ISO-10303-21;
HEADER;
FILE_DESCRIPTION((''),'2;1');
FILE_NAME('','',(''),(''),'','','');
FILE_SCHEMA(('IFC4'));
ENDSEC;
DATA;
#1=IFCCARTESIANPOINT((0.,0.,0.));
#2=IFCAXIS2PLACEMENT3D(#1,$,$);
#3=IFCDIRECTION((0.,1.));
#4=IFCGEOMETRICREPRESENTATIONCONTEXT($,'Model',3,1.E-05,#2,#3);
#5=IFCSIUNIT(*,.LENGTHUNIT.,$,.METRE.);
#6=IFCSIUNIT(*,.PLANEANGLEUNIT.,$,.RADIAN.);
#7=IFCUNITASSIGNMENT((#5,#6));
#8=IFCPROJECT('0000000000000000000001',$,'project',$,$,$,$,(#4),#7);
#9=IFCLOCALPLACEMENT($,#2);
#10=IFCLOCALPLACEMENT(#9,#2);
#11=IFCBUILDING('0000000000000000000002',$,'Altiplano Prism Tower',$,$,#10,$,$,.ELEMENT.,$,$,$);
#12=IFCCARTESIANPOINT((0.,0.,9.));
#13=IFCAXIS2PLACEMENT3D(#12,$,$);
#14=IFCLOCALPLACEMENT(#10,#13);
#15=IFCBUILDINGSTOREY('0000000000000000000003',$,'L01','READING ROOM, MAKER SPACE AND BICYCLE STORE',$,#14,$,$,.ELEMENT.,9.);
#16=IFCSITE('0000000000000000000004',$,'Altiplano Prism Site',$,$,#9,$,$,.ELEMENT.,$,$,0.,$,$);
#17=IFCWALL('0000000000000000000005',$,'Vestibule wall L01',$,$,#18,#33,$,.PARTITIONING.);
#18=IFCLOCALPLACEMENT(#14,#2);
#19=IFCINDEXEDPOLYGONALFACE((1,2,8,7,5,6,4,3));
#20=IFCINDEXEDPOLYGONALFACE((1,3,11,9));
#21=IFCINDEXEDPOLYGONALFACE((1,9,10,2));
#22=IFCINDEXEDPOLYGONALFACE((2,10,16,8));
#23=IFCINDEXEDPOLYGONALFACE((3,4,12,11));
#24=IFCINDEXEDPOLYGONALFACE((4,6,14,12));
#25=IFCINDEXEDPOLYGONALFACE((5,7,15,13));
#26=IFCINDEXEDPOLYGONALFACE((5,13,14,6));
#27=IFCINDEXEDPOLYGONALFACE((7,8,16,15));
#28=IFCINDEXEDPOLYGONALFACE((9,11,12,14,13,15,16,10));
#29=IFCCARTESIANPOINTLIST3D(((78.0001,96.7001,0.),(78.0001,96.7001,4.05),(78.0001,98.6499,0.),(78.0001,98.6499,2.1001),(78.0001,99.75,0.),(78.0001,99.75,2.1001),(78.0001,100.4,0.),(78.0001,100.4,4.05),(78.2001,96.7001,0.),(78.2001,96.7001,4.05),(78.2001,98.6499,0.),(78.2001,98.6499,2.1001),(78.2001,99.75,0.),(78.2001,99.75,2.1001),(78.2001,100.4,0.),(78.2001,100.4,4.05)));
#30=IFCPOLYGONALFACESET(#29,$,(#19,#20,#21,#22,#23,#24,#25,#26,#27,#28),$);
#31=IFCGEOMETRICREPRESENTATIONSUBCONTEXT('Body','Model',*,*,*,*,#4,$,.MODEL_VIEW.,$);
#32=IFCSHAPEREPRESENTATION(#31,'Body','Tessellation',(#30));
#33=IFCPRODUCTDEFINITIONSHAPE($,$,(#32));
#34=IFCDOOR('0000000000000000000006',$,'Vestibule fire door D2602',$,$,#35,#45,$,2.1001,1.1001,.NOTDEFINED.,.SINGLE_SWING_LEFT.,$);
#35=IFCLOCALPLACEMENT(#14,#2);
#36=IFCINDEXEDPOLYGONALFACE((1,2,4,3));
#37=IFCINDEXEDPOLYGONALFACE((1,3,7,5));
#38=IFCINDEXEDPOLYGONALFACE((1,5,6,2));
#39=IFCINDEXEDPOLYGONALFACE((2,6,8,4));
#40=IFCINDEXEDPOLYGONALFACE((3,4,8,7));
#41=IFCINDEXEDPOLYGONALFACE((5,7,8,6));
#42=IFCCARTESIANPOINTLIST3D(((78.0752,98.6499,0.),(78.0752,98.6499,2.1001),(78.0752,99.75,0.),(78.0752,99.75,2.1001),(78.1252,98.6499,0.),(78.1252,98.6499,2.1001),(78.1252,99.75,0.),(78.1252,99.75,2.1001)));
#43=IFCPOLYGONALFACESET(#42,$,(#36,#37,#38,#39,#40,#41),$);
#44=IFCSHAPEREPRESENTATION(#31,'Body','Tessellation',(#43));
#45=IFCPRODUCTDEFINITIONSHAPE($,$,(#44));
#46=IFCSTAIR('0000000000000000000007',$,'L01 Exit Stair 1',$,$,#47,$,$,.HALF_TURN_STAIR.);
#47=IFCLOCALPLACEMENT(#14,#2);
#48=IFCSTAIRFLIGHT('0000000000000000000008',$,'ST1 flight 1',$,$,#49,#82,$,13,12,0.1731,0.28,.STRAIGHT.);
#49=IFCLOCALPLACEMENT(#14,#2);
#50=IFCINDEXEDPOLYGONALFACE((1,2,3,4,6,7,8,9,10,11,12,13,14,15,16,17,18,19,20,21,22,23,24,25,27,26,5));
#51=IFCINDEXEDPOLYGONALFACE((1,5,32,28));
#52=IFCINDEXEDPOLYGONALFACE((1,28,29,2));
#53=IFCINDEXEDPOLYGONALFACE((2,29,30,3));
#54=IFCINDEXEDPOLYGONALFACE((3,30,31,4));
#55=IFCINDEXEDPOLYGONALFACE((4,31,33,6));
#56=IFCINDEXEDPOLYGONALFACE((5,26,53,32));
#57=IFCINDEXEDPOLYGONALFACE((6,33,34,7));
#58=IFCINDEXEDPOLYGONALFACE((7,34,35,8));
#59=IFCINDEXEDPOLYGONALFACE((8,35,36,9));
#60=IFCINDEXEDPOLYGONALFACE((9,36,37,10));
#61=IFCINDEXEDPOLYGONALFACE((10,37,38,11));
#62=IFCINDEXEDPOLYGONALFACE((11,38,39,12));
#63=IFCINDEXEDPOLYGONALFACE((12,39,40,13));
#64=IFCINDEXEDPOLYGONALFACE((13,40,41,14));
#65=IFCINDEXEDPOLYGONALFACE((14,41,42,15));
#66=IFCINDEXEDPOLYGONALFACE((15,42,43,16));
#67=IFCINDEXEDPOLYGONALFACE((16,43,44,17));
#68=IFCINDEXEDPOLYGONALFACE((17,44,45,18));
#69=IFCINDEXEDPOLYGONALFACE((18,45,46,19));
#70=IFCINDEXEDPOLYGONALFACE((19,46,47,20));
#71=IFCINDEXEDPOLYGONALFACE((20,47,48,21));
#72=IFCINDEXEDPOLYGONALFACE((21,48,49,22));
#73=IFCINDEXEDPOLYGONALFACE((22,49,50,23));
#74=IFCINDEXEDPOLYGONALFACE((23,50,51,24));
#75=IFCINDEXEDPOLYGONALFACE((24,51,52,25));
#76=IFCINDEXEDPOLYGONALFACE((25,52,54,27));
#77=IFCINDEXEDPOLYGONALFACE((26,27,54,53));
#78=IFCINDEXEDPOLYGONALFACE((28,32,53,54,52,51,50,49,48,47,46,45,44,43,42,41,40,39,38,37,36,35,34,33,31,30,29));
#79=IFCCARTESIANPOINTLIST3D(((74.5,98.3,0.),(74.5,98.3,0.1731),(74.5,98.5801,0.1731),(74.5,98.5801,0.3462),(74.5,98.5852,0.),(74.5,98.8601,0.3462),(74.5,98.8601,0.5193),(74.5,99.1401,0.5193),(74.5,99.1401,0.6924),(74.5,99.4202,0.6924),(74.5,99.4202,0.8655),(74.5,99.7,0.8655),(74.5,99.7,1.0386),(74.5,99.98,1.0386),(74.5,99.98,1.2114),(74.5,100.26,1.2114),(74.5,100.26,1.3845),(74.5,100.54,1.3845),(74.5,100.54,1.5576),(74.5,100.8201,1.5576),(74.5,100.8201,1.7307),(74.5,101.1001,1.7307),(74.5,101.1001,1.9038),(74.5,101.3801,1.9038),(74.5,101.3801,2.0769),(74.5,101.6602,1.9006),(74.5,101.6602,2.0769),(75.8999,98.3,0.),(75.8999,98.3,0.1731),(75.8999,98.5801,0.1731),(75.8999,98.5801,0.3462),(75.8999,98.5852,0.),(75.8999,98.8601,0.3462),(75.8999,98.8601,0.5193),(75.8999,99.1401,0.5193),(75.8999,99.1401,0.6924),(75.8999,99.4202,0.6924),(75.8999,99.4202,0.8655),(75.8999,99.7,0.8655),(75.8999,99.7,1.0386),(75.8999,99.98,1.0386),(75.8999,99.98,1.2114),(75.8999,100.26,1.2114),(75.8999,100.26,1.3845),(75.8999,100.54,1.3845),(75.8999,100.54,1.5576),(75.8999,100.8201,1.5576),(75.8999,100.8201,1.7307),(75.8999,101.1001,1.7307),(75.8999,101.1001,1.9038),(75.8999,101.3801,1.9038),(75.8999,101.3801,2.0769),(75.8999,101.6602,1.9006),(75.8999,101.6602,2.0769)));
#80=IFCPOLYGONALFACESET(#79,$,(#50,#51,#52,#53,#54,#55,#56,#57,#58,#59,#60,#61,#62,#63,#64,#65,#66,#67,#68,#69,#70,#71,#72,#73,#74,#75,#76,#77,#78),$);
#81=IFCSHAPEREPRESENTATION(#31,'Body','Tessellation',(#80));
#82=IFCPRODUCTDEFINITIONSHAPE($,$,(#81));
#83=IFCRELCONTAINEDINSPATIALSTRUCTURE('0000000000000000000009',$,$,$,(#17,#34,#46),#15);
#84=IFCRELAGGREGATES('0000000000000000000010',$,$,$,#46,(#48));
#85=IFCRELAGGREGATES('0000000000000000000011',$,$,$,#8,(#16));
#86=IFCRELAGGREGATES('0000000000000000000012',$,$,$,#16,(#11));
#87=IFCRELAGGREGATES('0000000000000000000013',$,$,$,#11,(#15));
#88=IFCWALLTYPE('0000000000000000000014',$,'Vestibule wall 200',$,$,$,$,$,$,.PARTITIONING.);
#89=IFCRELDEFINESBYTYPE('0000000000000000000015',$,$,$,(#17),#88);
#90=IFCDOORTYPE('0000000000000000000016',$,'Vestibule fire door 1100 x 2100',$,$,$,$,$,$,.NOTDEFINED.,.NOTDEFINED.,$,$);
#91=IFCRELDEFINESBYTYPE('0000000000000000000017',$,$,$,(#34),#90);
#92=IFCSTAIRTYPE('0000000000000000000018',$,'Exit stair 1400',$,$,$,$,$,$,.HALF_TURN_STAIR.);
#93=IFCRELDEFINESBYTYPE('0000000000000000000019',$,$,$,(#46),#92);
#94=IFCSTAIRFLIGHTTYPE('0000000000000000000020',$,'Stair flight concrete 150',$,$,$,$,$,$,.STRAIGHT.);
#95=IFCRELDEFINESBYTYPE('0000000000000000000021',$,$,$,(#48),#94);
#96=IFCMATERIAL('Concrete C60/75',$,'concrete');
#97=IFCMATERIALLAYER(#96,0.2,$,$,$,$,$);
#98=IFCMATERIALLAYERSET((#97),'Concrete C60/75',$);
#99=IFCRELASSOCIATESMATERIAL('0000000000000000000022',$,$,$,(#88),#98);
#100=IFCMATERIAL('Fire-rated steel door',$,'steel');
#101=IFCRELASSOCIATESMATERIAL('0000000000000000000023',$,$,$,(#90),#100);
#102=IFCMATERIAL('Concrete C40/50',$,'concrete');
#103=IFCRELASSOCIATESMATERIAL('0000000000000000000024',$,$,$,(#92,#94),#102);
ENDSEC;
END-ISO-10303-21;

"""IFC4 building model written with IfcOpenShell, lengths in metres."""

from ifc_helpers import new_model, si_unit, direction, frame, frame_2d, origin, place, context, subcontext, project, spatial, polyline, rectangle, outline, extrude, material, layer, layer_set, type_object, element, fill, aggregate, save


model = new_model("IFC4")

# Units and contexts
model_context = context("Model", 3, precision=1e-05, world=origin(), true_north=direction((0.0, 1.0)))
body_context = subcontext(model_context, "Body", "Model", "MODEL_VIEW")
ifc_project = project(units=[si_unit("LENGTHUNIT", "METRE"), si_unit("PLANEANGLEUNIT", "RADIAN")], contexts=[model_context])

# Site, building, storey
site_placement = place(None, origin())
site = spatial("IfcSite", under=ifc_project, at=site_placement, Name="Altiplano Prism Site", CompositionType="ELEMENT", RefElevation=0.0)
building_placement = place(site_placement, origin())
building = spatial("IfcBuilding", under=site, at=building_placement, Name="Altiplano Prism Tower", CompositionType="ELEMENT")
storey_placement = place(building_placement, frame((0.0, 0.0, 9.0)))
storey = spatial("IfcBuildingStorey", under=building, at=storey_placement, Name="L01", Description="READING ROOM, MAKER SPACE AND BICYCLE STORE", CompositionType="ELEMENT", Elevation=9.0)

# Shared definitions
ifc_material_1 = material(Name="Concrete C60/75", Category="concrete")

# Shared definitions
ifc_material_2 = material(Name="Fire-rated steel door", Category="steel")

# Shared definitions
ifc_layer_1 = layer(ifc_material_1, 0.2)
ifc_layer_set_1 = layer_set([ifc_layer_1], Name="Concrete C60/75")
wall_type_1 = type_object("IfcWallType", Name="Vestibule wall 200", PredefinedType="PARTITIONING", material=ifc_layer_set_1)

# Wall, opening, door
wall_1_placement = place(storey_placement, frame((78.1001, 96.7, 0.0), z_axis=(0.0, 0.0, 1.0), x_axis=(0.0, 1.0, 0.0)))
wall_1 = element("IfcWall", 1, at=wall_1_placement, inside=storey, type_object=wall_type_1, Name="Vestibule wall L01", PredefinedType="PARTITIONING", context=body_context, shape_type="SweptSolid", body=[
    extrude(rectangle(XDim=3.7, YDim=0.2, at=frame_2d((1.8501, 0.0))), origin(), (0.0, 0.0, 1.0), 4.05),
])
opening_1_placement = place(wall_1_placement, frame((1.95, 0.0, 0.0)))
opening_1 = element("IfcOpeningElement", 2, at=opening_1_placement, cuts=wall_1, PredefinedType="OPENING", context=body_context, shape_type="SweptSolid", body=[
    extrude(rectangle(XDim=1.1001, YDim=2.1001, at=frame_2d((0.55, 1.05))), frame((0.0, 0.1104, 0.0), z_axis=(0.0, -1.0, 0.0), x_axis=(1.0, 0.0, 0.0)), (0.0, 0.0, 1.0), 0.2209),
])
door_type_1 = type_object("IfcDoorType", Name="Vestibule fire door 1100 x 2100", OperationType="NOTDEFINED", PredefinedType="NOTDEFINED", material=ifc_material_2)
door_1_placement = place(opening_1_placement, origin())
door_1 = element("IfcDoor", 3, at=door_1_placement, inside=storey, type_object=door_type_1, Name="Vestibule fire door D2602", OperationType="SINGLE_SWING_LEFT", OverallHeight=2.1001, OverallWidth=1.1001, PredefinedType="NOTDEFINED", context=body_context, shape_type="SweptSolid", body=[
    extrude(rectangle(XDim=1.1001, YDim=2.1001, at=frame_2d((0.55, 1.05))), frame((0.0, 0.0249, 0.0), z_axis=(0.0, -1.0, 0.0), x_axis=(1.0, 0.0, 0.0)), (0.0, 0.0, 1.0), 0.05),
])
fill(opening_1, door_1)

# Stair, stair flight
ifc_material_3 = material(Name="Concrete C40/50", Category="concrete")
stair_type = type_object("IfcStairType", Name="Exit stair 1400", PredefinedType="HALF_TURN_STAIR", material=ifc_material_3)
stair_placement = place(storey_placement, origin())
stair = element("IfcStair", 4, at=stair_placement, inside=storey, type_object=stair_type, Name="L01 Exit Stair 1", PredefinedType="HALF_TURN_STAIR")
stair_flight_type = type_object("IfcStairFlightType", Name="Stair flight concrete 150", PredefinedType="STRAIGHT", material=ifc_material_3)
stair_flight_placement = place(storey_placement, frame((75.2, 98.3, 0.0), z_axis=(0.0, 0.0, 1.0), x_axis=(0.0, 1.0, 0.0)))
stair_flight = element("IfcStairFlight", 5, at=stair_flight_placement, type_object=stair_flight_type, Name="ST1 flight 1", NumberOfRisers=13, NumberOfTreads=12, PredefinedType="STRAIGHT", RiserHeight=0.1731, TreadLength=0.28, context=body_context, shape_type="SweptSolid", body=[
    extrude(outline(polyline([(0.0, 0.0), (0.0, 0.1731), (0.28, 0.1731), (0.28, 0.3462), (0.5601, 0.3462), (0.5601, 0.5193), (0.8401, 0.5193), (0.8401, 0.6924), (1.1201, 0.6924), (1.1201, 0.8655), (1.3999, 0.8655), (1.3999, 1.0386), (1.6799, 1.0386), (1.6799, 1.2114), (1.96, 1.2114), (1.96, 1.3845), (2.24, 1.3845), (2.24, 1.5576), (2.52, 1.5576), (2.52, 1.7307), (2.8, 1.7307), (2.8, 1.9038), (3.0801, 1.9038), (3.0801, 2.0769), (3.3601, 2.0769), (3.3601, 2.25), (3.3601, 1.9006), (0.2852, 0.0), (0.0, 0.0)])), frame((0.0, 0.7, 0.0), z_axis=(0.0, -1.0, 0.0), x_axis=(1.0, 0.0, 0.0)), (0.0, 0.0, 1.0), 1.3999),
])
aggregate(stair, [stair_flight])

save(model, "model.ifc")
